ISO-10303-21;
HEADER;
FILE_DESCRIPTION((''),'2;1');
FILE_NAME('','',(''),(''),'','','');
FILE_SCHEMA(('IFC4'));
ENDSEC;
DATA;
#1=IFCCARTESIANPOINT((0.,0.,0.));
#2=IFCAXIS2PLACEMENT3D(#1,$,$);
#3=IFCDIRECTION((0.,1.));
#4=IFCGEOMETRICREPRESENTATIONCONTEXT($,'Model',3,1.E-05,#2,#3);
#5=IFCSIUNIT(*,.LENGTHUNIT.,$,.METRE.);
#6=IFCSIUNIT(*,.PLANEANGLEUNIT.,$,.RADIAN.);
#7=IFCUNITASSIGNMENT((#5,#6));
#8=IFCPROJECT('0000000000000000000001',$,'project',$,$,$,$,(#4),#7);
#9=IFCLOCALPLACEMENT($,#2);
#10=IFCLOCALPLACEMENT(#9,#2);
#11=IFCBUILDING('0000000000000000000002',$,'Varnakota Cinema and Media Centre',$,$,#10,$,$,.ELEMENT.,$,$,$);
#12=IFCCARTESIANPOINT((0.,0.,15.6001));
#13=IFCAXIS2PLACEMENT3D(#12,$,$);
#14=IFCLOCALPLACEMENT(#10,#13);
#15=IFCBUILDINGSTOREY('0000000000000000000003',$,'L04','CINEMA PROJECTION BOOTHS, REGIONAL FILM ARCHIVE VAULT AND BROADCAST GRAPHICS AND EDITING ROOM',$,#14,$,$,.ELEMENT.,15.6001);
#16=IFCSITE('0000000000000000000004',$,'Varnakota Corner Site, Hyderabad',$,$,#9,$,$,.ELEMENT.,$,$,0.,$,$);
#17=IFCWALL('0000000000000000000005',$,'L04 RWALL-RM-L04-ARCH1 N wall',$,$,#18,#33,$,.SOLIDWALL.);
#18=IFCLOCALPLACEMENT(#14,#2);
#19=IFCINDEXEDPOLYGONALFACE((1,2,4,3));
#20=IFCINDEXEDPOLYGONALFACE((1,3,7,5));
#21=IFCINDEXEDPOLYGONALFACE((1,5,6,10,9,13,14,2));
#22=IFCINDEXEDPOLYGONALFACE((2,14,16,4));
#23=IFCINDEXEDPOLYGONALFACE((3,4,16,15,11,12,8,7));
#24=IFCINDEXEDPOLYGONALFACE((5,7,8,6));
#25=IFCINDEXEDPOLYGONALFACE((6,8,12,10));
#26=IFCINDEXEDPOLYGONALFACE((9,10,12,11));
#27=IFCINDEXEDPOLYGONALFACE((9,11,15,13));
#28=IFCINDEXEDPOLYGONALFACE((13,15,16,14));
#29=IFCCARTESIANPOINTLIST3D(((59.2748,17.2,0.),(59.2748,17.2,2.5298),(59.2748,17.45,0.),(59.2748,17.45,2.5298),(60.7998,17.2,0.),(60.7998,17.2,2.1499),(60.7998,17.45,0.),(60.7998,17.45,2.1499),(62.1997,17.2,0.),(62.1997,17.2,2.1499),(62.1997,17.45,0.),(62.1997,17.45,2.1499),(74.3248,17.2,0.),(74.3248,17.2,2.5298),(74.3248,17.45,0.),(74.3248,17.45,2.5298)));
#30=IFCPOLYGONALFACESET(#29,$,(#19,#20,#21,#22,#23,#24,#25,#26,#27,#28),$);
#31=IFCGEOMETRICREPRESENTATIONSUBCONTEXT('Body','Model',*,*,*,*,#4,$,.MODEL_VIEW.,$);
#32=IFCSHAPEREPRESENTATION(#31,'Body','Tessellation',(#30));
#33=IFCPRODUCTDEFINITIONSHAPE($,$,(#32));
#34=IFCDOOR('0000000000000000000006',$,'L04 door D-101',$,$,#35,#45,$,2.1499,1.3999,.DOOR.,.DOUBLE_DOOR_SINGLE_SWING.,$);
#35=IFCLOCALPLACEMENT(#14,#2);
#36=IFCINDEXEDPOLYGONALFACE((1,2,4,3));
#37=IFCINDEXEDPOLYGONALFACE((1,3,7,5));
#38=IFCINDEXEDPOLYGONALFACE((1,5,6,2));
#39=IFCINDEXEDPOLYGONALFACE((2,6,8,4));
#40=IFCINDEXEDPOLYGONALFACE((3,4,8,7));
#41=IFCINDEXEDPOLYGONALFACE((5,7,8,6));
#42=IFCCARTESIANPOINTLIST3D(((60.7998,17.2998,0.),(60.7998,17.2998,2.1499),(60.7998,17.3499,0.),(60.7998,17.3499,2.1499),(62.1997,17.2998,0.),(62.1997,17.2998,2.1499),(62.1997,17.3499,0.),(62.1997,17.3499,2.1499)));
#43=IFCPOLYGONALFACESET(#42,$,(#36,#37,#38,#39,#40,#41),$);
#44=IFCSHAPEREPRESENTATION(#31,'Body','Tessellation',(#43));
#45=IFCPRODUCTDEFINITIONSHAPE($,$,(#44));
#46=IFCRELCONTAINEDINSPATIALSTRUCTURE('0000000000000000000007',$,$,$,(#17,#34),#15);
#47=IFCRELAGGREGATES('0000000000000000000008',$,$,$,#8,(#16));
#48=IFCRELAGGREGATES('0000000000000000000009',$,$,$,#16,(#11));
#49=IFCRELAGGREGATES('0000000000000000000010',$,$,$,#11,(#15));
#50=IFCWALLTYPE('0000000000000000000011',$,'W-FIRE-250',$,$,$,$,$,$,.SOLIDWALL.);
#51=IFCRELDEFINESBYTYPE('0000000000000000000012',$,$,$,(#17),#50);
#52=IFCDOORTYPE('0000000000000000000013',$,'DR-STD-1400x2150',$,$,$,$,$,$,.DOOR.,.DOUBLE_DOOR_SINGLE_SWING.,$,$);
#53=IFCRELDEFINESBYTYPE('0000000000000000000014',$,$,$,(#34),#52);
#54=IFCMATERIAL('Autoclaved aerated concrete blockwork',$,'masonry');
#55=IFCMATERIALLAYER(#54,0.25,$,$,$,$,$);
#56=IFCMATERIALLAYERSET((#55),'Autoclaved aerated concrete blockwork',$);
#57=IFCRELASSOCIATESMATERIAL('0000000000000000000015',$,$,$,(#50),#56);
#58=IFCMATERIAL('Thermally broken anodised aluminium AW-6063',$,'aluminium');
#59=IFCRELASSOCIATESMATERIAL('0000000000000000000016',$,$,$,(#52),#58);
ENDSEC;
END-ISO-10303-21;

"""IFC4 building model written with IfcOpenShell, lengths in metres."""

from ifc_helpers import new_model, si_unit, direction, frame, frame_2d, origin, place, context, subcontext, project, spatial, rectangle, extrude, material, layer, layer_set, type_object, element, fill, save


model = new_model("IFC4")

# Units and contexts
model_context = context("Model", 3, precision=1e-05, world=origin(), true_north=direction((0.0, 1.0)))
body_context = subcontext(model_context, "Body", "Model", "MODEL_VIEW")
ifc_project = project(units=[si_unit("LENGTHUNIT", "METRE"), si_unit("PLANEANGLEUNIT", "RADIAN")], contexts=[model_context])

# Site, building, storey
site_placement = place(None, origin())
site = spatial("IfcSite", under=ifc_project, at=site_placement, Name="Varnakota Corner Site, Hyderabad", CompositionType="ELEMENT", RefElevation=0.0)
building_placement = place(site_placement, origin())
building = spatial("IfcBuilding", under=site, at=building_placement, Name="Varnakota Cinema and Media Centre", CompositionType="ELEMENT")
storey_placement = place(building_placement, frame((0.0, 0.0, 15.6001)))
storey = spatial("IfcBuildingStorey", under=building, at=storey_placement, Name="L04", Description="CINEMA PROJECTION BOOTHS, REGIONAL FILM ARCHIVE VAULT AND BROADCAST GRAPHICS AND EDITING ROOM", CompositionType="ELEMENT", Elevation=15.6001)

# Shared definitions
ifc_material_1 = material(Name="Autoclaved aerated concrete blockwork", Category="masonry")
ifc_layer_1 = layer(ifc_material_1, 0.25)
ifc_layer_set_1 = layer_set([ifc_layer_1], Name="Autoclaved aerated concrete blockwork")
wall_type = type_object("IfcWallType", Name="W-FIRE-250", PredefinedType="SOLIDWALL", material=ifc_layer_set_1)

# Wall, opening, door
wall_1_placement = place(storey_placement, frame((59.2749, 17.325, 0.0), z_axis=(0.0, 0.0, 1.0), x_axis=(1.0, 0.0, 0.0)))
wall_1 = element("IfcWall", 1, at=wall_1_placement, inside=storey, type_object=wall_type, Name="L04 RWALL-RM-L04-ARCH1 N wall", PredefinedType="SOLIDWALL", context=body_context, shape_type="SweptSolid", body=[
    extrude(rectangle(XDim=15.05, YDim=0.25, at=frame_2d((7.5249, 0.0))), origin(), (0.0, 0.0, 1.0), 2.5298),
])
opening_placement = place(wall_1_placement, frame((1.5249, 0.0, 0.0)))
opening = element("IfcOpeningElement", 2, at=opening_placement, cuts=wall_1, PredefinedType="OPENING", context=body_context, shape_type="SweptSolid", body=[
    extrude(rectangle(XDim=1.3999, YDim=2.1499, at=frame_2d((0.7, 1.075))), frame((0.0, 0.125, 0.0), z_axis=(0.0, -1.0, 0.0), x_axis=(1.0, 0.0, 0.0)), (0.0, 0.0, 1.0), 0.25),
])
ifc_material_2 = material(Name="Thermally broken anodised aluminium AW-6063", Category="aluminium")
door_type = type_object("IfcDoorType", Name="DR-STD-1400x2150", OperationType="DOUBLE_DOOR_SINGLE_SWING", PredefinedType="DOOR", material=ifc_material_2)
door_placement = place(opening_placement, origin())
door = element("IfcDoor", 3, at=door_placement, inside=storey, type_object=door_type, Name="L04 door D-101", OperationType="DOUBLE_DOOR_SINGLE_SWING", OverallHeight=2.1499, OverallWidth=1.3999, PredefinedType="DOOR", context=body_context, shape_type="SweptSolid", body=[
    extrude(rectangle(XDim=1.3999, YDim=2.1499, at=frame_2d((0.7, 1.075))), frame((0.0, 0.0249, 0.0), z_axis=(0.0, -1.0, 0.0), x_axis=(1.0, 0.0, 0.0)), (0.0, 0.0, 1.0), 0.05),
])
fill(opening, door)

save(model, "model.ifc")
